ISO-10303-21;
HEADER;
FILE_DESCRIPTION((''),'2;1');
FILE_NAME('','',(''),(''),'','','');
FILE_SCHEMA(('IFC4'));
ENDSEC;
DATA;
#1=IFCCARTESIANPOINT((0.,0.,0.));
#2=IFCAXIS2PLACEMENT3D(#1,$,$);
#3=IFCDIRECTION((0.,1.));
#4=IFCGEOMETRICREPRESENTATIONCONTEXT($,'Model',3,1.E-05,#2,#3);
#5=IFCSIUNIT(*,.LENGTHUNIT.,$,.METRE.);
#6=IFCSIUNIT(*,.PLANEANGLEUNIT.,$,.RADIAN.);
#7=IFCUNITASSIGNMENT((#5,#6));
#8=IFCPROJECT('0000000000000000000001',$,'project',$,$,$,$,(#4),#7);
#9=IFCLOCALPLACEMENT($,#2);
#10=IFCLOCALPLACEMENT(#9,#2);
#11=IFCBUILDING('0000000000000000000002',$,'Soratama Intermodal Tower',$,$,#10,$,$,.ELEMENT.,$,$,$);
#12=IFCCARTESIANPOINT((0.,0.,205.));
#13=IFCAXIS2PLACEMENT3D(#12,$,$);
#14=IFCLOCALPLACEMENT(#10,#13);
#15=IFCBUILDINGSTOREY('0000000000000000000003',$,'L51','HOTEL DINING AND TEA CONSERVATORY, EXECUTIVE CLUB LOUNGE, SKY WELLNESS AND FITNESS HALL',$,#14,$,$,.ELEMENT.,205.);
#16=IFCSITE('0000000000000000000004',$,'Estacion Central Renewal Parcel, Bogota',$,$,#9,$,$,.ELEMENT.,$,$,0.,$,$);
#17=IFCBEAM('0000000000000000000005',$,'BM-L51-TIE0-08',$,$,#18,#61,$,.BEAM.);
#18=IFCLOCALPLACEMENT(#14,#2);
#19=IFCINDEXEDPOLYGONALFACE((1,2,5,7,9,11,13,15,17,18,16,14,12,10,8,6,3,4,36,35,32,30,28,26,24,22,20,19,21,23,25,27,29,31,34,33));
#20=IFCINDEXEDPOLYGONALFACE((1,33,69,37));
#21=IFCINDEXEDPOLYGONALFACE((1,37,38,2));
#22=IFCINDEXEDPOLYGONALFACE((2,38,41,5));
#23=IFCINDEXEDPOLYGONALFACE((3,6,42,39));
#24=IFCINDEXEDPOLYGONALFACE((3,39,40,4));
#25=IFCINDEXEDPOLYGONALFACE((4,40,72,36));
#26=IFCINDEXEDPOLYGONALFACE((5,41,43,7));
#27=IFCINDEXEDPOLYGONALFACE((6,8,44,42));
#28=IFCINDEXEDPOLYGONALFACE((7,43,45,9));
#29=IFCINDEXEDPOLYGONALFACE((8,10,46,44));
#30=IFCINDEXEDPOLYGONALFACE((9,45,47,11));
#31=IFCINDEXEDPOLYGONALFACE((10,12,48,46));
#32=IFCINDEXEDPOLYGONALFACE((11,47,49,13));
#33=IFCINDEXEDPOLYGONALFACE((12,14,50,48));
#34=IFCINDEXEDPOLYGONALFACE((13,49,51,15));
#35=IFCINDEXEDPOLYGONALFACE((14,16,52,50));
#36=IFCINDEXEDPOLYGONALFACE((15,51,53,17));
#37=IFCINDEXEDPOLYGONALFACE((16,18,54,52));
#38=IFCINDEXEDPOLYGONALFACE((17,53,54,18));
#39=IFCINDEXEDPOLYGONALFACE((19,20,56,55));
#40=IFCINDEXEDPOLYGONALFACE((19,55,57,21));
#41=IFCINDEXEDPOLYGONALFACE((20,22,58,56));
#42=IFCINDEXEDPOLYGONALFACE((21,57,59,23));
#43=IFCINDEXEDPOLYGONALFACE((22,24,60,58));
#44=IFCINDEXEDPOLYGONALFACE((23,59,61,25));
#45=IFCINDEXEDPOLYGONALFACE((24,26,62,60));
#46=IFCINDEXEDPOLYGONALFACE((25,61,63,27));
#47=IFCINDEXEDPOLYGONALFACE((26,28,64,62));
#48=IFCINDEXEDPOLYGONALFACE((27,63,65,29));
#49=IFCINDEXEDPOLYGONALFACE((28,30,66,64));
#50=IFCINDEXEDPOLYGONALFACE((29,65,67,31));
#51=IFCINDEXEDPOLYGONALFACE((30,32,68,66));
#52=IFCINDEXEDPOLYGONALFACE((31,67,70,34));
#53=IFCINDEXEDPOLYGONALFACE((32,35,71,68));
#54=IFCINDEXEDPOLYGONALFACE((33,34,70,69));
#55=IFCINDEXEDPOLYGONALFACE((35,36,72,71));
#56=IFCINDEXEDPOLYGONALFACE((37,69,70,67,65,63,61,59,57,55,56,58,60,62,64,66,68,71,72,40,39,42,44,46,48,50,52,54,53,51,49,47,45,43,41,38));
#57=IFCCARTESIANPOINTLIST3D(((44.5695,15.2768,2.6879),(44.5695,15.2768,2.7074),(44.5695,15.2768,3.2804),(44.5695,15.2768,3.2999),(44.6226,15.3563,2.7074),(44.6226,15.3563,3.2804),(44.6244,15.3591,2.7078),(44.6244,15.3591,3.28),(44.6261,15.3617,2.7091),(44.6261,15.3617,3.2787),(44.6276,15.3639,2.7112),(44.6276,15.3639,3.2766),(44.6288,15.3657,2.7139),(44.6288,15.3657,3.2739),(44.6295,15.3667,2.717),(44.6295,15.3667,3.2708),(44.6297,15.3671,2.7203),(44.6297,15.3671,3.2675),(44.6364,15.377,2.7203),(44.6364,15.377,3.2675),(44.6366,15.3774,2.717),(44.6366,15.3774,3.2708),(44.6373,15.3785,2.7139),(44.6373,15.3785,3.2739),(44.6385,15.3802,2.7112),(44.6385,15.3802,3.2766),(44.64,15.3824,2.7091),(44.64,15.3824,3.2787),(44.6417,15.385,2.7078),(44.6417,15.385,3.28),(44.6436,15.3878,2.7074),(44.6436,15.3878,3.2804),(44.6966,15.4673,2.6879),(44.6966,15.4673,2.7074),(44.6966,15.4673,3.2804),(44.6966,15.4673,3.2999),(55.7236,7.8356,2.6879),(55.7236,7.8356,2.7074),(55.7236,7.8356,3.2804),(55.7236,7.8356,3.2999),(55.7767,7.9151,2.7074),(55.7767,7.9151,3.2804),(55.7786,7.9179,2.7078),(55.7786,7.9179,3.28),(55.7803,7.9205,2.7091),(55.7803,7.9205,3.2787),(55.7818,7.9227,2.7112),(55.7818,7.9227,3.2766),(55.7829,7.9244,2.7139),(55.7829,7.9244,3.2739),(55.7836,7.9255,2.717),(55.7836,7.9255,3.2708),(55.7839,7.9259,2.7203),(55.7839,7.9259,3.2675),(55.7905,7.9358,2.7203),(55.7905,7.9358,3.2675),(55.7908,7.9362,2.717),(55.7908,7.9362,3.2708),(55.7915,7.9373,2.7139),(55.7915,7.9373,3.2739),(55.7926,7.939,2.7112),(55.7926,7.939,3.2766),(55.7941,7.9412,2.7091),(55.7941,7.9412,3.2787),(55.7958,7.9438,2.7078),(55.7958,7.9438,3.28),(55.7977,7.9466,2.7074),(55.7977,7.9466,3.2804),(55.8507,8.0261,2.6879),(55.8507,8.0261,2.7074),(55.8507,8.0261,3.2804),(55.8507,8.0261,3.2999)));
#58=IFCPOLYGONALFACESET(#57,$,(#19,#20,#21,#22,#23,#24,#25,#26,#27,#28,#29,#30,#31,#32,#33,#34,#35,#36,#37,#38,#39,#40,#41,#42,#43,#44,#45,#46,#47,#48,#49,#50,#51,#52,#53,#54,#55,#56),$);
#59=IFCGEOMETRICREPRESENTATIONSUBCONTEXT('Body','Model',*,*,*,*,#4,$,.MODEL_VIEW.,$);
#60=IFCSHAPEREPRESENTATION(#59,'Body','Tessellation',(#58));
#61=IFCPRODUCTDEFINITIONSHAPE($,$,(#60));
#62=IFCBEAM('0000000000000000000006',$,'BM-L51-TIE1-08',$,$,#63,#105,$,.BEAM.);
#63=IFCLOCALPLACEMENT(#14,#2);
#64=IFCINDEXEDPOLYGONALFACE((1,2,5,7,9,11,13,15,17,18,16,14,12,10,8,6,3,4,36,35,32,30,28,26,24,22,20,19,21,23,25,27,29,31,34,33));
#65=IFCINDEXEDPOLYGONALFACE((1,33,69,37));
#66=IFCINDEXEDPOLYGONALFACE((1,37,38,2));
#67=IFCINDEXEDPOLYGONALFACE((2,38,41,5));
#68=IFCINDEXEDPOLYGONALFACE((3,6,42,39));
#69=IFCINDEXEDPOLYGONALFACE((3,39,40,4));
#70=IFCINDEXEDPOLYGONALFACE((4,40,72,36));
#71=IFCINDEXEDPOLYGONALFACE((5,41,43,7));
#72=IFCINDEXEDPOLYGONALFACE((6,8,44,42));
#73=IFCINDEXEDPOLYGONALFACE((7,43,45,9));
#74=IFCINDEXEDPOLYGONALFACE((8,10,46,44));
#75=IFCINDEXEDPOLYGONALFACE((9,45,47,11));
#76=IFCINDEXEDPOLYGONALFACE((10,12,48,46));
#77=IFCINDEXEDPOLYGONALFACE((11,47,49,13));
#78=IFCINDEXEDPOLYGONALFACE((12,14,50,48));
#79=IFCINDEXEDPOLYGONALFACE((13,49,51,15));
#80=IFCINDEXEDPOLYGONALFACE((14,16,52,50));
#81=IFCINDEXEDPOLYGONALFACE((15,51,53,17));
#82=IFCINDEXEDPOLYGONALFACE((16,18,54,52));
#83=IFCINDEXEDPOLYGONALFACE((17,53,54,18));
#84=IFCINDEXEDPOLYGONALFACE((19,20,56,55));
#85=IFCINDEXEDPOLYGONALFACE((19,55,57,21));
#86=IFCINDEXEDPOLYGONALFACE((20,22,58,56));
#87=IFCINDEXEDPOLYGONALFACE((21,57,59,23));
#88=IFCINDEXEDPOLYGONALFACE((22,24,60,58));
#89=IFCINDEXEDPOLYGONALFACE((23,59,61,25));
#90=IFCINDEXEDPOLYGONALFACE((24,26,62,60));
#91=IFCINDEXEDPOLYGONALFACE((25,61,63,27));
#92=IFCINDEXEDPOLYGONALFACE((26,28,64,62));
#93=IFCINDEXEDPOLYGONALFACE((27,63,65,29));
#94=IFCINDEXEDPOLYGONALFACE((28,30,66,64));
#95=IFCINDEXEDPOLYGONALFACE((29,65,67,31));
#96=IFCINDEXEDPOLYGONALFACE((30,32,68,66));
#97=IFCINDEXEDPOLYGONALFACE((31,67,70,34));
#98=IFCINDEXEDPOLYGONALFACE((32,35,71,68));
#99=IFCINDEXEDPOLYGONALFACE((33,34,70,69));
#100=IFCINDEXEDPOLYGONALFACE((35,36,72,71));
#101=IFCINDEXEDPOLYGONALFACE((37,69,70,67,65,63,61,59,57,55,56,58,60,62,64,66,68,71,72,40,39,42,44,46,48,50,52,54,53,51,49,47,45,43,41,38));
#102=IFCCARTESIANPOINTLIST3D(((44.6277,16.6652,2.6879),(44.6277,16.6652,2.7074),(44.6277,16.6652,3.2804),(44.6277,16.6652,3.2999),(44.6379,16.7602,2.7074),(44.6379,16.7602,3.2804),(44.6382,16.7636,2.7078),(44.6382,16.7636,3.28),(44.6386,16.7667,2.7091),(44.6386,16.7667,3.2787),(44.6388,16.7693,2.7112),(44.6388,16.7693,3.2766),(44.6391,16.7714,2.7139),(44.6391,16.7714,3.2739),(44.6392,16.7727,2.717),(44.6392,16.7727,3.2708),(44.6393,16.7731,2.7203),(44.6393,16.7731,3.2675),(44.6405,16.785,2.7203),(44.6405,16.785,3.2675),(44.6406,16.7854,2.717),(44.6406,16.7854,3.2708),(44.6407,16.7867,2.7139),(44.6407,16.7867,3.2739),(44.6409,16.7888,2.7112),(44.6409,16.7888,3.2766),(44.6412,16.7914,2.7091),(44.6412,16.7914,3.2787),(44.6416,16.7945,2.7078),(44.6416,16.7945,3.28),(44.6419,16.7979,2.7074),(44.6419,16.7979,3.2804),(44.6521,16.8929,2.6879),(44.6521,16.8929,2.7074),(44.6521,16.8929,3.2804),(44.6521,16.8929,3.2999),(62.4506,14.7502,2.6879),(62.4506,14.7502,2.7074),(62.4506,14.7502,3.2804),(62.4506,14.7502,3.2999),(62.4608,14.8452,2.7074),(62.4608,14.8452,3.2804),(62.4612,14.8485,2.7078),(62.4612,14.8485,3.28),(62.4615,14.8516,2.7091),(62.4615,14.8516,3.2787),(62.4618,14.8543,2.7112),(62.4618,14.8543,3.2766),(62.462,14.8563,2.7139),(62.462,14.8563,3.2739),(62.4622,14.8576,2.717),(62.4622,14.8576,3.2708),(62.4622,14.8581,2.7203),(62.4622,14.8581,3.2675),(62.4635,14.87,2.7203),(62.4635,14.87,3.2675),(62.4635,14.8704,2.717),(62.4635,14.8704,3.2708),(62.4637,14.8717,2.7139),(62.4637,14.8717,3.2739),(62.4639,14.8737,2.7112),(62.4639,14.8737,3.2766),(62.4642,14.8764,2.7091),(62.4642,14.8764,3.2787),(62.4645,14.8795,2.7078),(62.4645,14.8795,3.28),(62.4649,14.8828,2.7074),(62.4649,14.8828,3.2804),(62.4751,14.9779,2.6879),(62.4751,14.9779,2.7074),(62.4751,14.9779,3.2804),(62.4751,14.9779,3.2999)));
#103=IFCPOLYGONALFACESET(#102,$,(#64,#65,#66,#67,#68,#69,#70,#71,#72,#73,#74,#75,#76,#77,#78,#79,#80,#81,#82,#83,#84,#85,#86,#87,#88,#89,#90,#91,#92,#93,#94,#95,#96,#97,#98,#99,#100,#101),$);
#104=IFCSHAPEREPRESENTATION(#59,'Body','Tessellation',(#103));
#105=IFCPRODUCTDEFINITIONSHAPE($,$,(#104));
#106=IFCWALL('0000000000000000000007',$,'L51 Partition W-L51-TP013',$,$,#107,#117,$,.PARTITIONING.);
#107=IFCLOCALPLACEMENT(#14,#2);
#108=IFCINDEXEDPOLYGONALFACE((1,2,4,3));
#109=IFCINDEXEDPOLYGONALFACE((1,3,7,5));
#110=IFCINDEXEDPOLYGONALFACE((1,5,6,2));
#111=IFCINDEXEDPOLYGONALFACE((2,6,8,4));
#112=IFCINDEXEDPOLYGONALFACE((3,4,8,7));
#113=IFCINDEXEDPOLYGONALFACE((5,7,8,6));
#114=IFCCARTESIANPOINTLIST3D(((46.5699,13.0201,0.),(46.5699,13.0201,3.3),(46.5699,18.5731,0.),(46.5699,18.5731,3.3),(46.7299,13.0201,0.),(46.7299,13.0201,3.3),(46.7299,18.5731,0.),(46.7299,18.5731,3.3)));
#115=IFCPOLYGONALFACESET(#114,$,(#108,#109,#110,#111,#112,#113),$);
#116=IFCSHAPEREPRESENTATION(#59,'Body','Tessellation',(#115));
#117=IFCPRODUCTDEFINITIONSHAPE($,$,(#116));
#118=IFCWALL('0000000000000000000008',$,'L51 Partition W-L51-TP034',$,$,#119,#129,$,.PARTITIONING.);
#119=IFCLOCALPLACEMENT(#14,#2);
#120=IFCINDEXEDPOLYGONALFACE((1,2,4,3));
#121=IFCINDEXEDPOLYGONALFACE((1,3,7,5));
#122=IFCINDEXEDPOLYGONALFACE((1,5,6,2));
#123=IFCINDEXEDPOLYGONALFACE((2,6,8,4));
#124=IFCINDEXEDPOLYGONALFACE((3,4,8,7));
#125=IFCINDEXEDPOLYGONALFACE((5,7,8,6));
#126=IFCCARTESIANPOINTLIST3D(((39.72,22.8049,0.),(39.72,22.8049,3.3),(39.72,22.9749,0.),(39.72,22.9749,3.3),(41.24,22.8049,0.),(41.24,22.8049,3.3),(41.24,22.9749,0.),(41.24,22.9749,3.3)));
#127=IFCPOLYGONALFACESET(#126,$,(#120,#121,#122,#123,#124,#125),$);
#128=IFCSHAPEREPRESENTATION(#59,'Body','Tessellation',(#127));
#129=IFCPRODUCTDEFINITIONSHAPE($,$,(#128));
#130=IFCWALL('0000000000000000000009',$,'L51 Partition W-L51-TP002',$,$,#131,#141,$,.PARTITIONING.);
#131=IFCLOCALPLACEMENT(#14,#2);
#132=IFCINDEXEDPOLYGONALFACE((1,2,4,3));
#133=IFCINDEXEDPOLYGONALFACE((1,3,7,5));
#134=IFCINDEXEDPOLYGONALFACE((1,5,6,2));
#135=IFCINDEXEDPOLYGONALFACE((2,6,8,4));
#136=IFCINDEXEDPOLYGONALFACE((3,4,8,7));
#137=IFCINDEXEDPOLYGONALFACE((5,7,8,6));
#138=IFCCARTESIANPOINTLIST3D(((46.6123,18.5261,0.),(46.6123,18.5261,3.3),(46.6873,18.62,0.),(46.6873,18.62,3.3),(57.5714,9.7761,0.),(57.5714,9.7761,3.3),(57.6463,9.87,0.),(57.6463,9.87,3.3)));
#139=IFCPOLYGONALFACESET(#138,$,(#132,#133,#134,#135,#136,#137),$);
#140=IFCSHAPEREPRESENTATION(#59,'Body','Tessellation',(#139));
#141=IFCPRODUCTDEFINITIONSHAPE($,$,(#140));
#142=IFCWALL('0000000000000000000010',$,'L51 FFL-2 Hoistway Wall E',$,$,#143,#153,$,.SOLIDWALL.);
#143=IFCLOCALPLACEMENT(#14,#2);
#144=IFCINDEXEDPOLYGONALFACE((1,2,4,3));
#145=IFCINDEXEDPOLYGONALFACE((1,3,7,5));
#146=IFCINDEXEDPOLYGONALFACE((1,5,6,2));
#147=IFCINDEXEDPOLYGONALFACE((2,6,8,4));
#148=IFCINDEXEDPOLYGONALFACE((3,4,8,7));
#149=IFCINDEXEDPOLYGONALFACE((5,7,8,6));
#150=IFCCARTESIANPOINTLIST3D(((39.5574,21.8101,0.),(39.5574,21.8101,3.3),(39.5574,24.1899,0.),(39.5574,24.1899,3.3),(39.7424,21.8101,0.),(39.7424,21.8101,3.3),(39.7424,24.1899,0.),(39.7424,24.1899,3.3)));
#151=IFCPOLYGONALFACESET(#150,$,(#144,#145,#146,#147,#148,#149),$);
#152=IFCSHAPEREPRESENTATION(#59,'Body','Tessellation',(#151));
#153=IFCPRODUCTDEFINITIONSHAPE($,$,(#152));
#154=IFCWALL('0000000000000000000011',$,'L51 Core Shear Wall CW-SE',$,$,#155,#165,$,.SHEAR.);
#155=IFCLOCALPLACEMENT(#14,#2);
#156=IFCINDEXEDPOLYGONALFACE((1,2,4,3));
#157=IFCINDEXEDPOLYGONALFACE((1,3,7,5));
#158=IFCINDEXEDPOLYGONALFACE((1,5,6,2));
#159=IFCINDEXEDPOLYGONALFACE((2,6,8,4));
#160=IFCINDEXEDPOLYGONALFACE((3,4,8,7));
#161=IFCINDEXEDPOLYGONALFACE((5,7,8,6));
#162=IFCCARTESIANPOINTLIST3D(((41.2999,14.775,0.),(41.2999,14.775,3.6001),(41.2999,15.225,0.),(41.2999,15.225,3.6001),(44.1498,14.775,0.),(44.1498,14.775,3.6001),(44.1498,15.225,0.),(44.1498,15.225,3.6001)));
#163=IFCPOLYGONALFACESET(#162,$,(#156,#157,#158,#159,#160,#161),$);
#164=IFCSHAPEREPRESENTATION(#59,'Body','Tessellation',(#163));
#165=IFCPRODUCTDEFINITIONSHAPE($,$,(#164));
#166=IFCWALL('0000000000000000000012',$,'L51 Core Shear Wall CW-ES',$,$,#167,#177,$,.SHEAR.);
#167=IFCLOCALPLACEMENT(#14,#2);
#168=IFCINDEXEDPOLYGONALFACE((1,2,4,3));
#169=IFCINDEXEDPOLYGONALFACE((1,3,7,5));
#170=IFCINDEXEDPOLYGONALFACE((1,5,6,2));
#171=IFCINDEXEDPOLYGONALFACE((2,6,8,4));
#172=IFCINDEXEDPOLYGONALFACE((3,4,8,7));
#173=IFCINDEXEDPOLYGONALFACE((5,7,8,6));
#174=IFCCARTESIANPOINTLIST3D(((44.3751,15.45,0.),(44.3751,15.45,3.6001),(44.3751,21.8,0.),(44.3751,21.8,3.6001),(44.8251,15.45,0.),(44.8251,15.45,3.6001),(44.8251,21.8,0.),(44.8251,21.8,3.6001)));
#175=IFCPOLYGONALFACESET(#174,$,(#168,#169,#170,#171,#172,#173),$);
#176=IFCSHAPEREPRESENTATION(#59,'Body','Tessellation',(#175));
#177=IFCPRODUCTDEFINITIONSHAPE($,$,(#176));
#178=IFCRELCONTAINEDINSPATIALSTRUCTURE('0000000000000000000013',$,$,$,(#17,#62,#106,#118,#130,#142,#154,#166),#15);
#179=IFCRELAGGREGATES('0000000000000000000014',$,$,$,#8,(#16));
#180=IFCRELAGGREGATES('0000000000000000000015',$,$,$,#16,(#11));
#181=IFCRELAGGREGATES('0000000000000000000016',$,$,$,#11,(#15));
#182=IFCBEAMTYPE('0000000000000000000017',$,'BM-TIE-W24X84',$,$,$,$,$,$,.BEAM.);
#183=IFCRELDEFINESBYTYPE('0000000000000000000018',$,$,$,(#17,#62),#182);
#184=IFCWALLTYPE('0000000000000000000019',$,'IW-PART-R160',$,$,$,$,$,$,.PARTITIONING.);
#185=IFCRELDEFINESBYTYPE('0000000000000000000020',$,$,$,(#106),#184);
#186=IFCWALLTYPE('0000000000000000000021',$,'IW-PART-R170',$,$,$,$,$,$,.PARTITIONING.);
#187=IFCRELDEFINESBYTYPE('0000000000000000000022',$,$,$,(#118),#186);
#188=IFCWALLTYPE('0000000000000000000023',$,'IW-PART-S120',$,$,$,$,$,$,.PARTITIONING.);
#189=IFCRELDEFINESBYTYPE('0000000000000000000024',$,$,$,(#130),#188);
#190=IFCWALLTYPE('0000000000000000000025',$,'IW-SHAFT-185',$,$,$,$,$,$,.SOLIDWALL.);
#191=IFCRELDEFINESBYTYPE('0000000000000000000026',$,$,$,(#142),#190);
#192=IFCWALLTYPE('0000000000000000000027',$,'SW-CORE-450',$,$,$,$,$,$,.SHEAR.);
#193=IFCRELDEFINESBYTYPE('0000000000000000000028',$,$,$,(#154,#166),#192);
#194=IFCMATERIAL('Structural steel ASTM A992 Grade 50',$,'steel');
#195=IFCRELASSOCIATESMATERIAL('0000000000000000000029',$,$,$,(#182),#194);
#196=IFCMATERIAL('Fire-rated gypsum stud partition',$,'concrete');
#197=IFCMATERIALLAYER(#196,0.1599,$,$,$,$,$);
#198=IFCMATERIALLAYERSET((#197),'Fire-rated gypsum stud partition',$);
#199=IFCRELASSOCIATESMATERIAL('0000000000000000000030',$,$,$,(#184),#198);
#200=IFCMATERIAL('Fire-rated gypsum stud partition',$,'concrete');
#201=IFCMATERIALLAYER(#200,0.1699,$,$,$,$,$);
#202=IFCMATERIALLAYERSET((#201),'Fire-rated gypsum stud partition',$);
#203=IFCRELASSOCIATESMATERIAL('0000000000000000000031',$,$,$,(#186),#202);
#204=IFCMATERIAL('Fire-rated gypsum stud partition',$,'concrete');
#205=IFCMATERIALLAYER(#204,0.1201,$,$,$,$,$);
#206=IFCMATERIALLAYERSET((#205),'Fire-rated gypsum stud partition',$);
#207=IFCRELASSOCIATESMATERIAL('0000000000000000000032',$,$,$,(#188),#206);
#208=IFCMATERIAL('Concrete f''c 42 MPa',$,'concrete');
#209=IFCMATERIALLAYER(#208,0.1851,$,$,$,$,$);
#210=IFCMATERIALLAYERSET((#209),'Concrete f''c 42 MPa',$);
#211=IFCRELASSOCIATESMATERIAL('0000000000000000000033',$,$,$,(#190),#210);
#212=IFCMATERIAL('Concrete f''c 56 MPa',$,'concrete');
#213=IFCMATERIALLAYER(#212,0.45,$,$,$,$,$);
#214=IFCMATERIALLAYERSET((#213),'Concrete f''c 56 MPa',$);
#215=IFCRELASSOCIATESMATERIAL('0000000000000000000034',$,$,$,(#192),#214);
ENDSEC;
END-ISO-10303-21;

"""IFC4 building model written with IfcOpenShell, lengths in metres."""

from ifc_helpers import new_model, si_unit, direction, frame, frame_2d, origin, origin_2d, place, context, subcontext, project, spatial, rectangle, i_section, extrude, material, layer, layer_set, material_profile, profile_set, type_object, element, save


model = new_model("IFC4")

# Units and contexts
model_context = context("Model", 3, precision=1e-05, world=origin(), true_north=direction((0.0, 1.0)))
body_context = subcontext(model_context, "Body", "Model", "MODEL_VIEW")
ifc_project = project(units=[si_unit("LENGTHUNIT", "METRE"), si_unit("PLANEANGLEUNIT", "RADIAN")], contexts=[model_context])

# Site, building, storey
site_placement = place(None, origin())
site = spatial("IfcSite", under=ifc_project, at=site_placement, Name="Estacion Central Renewal Parcel, Bogota", CompositionType="ELEMENT", RefElevation=0.0)
building_placement = place(site_placement, origin())
building = spatial("IfcBuilding", under=site, at=building_placement, Name="Soratama Intermodal Tower", CompositionType="ELEMENT")
storey_placement = place(building_placement, frame((0.0, 0.0, 205.0)))
storey = spatial("IfcBuildingStorey", under=building, at=storey_placement, Name="L51", Description="HOTEL DINING AND TEA CONSERVATORY, EXECUTIVE CLUB LOUNGE, SKY WELLNESS AND FITNESS HALL", CompositionType="ELEMENT", Elevation=205.0)

# Beams
ifc_material_1 = material(Name="Structural steel ASTM A992 Grade 50", Category="steel")
ifc_material_profile_1 = material_profile(ifc_material_1, i_section(OverallWidth=0.229, OverallDepth=0.6121, WebThickness=0.012, FlangeThickness=0.0195, FilletRadius=0.0129, at=origin_2d()), Name="W24X84")
ifc_profile_set_1 = profile_set([ifc_material_profile_1], Name="Structural steel ASTM A992 Grade 50")
beam_type_1 = type_object("IfcBeamType", Name="BM-TIE-W24X84", PredefinedType="BEAM", material=ifc_profile_set_1)
beam_1_placement = place(storey_placement, frame((44.6331, 15.3721, 2.9939), z_axis=(0.831874, -0.554965, 0.0), x_axis=(0.554965, 0.831874, 0.0)))
element("IfcBeam", 1, at=beam_1_placement, inside=storey, type_object=beam_type_1, Name="BM-L51-TIE0-08", PredefinedType="BEAM", context=body_context, shape_type="SweptSolid", body=[
    extrude(i_section(OverallWidth=0.229, OverallDepth=0.6121, WebThickness=0.012, FlangeThickness=0.0195, FilletRadius=0.0129, at=origin_2d()), origin(), (0.0, 0.0, 1.0), 13.4084),
])
beam_2_placement = place(storey_placement, frame((44.6399, 16.7791, 2.9939), z_axis=(0.994277, -0.106833, 0.0), x_axis=(0.106833, 0.994277, 0.0)))
element("IfcBeam", 2, at=beam_2_placement, inside=storey, type_object=beam_type_1, Name="BM-L51-TIE1-08", PredefinedType="BEAM", context=body_context, shape_type="SweptSolid", body=[
    extrude(i_section(OverallWidth=0.229, OverallDepth=0.6121, WebThickness=0.012, FlangeThickness=0.0195, FilletRadius=0.0129, at=origin_2d()), origin(), (0.0, 0.0, 1.0), 17.9255),
])

# Walls
ifc_material_2 = material(Name="Fire-rated gypsum stud partition", Category="concrete")
ifc_layer_1 = layer(ifc_material_2, 0.1599)
ifc_layer_set_1 = layer_set([ifc_layer_1], Name="Fire-rated gypsum stud partition")
wall_type_1 = type_object("IfcWallType", Name="IW-PART-R160", PredefinedType="PARTITIONING", material=ifc_layer_set_1)
wall_1_placement = place(storey_placement, frame((46.6499, 18.573, 0.0), z_axis=(0.0, 0.0, 1.0), x_axis=(0.0, -1.0, 0.0)))
element("IfcWall", 3, at=wall_1_placement, inside=storey, type_object=wall_type_1, Name="L51 Partition W-L51-TP013", PredefinedType="PARTITIONING", context=body_context, shape_type="SweptSolid", body=[
    extrude(rectangle(XDim=5.553, YDim=0.1599, at=frame_2d((2.7764, 0.0))), origin(), (0.0, 0.0, 1.0), 3.3),
])
ifc_material_3 = material(Name="Fire-rated gypsum stud partition", Category="concrete")
ifc_layer_2 = layer(ifc_material_3, 0.1699)
ifc_layer_set_2 = layer_set([ifc_layer_2], Name="Fire-rated gypsum stud partition")
wall_type_2 = type_object("IfcWallType", Name="IW-PART-R170", PredefinedType="PARTITIONING", material=ifc_layer_set_2)
wall_2_placement = place(storey_placement, frame((39.72, 22.8899, 0.0), z_axis=(0.0, 0.0, 1.0), x_axis=(1.0, 0.0, 0.0)))
element("IfcWall", 4, at=wall_2_placement, inside=storey, type_object=wall_type_2, Name="L51 Partition W-L51-TP034", PredefinedType="PARTITIONING", context=body_context, shape_type="SweptSolid", body=[
    extrude(rectangle(XDim=1.52, YDim=0.1699, at=frame_2d((0.76, 0.0))), origin(), (0.0, 0.0, 1.0), 3.3),
])
ifc_material_4 = material(Name="Fire-rated gypsum stud partition", Category="concrete")
ifc_layer_3 = layer(ifc_material_4, 0.1201)
ifc_layer_set_3 = layer_set([ifc_layer_3], Name="Fire-rated gypsum stud partition")
wall_type_3 = type_object("IfcWallType", Name="IW-PART-S120", PredefinedType="PARTITIONING", material=ifc_layer_set_3)
wall_3_placement = place(storey_placement, frame((46.6499, 18.573, 0.0), z_axis=(0.0, 0.0, 1.0), x_axis=(0.781466, -0.623947, 0.0)))
element("IfcWall", 5, at=wall_3_placement, inside=storey, type_object=wall_type_3, Name="L51 Partition W-L51-TP002", PredefinedType="PARTITIONING", context=body_context, shape_type="SweptSolid", body=[
    extrude(rectangle(XDim=14.0237, YDim=0.1201, at=frame_2d((7.0117, 0.0))), origin(), (0.0, 0.0, 1.0), 3.3),
])
ifc_material_5 = material(Name="Concrete f'c 42 MPa", Category="concrete")
ifc_layer_4 = layer(ifc_material_5, 0.1851)
ifc_layer_set_4 = layer_set([ifc_layer_4], Name="Concrete f'c 42 MPa")
wall_type_4 = type_object("IfcWallType", Name="IW-SHAFT-185", PredefinedType="SOLIDWALL", material=ifc_layer_set_4)
wall_4_placement = place(storey_placement, frame((39.6499, 21.8101, 0.0), z_axis=(0.0, 0.0, 1.0), x_axis=(0.0, 1.0, 0.0)))
element("IfcWall", 6, at=wall_4_placement, inside=storey, type_object=wall_type_4, Name="L51 FFL-2 Hoistway Wall E", PredefinedType="SOLIDWALL", context=body_context, shape_type="SweptSolid", body=[
    extrude(rectangle(XDim=2.3799, YDim=0.1851, at=frame_2d((1.1899, 0.0))), origin(), (0.0, 0.0, 1.0), 3.3),
])
ifc_material_6 = material(Name="Concrete f'c 56 MPa", Category="concrete")
ifc_layer_5 = layer(ifc_material_6, 0.45)
ifc_layer_set_5 = layer_set([ifc_layer_5], Name="Concrete f'c 56 MPa")
wall_type_5 = type_object("IfcWallType", Name="SW-CORE-450", PredefinedType="SHEAR", material=ifc_layer_set_5)
wall_5_placement = place(storey_placement, frame((41.3, 15.0, 0.0), z_axis=(0.0, 0.0, 1.0), x_axis=(1.0, 0.0, 0.0)))
element("IfcWall", 7, at=wall_5_placement, inside=storey, type_object=wall_type_5, Name="L51 Core Shear Wall CW-SE", PredefinedType="SHEAR", context=body_context, shape_type="SweptSolid", body=[
    extrude(rectangle(XDim=2.8499, YDim=0.45, at=frame_2d((1.4248, 0.0))), origin(), (0.0, 0.0, 1.0), 3.6001),
])
wall_6_placement = place(storey_placement, frame((44.6001, 15.45, 0.0), z_axis=(0.0, 0.0, 1.0), x_axis=(0.0, 1.0, 0.0)))
element("IfcWall", 8, at=wall_6_placement, inside=storey, type_object=wall_type_5, Name="L51 Core Shear Wall CW-ES", PredefinedType="SHEAR", context=body_context, shape_type="SweptSolid", body=[
    extrude(rectangle(XDim=6.3501, YDim=0.45, at=frame_2d((3.175, 0.0))), origin(), (0.0, 0.0, 1.0), 3.6001),
])

save(model, "model.ifc")
